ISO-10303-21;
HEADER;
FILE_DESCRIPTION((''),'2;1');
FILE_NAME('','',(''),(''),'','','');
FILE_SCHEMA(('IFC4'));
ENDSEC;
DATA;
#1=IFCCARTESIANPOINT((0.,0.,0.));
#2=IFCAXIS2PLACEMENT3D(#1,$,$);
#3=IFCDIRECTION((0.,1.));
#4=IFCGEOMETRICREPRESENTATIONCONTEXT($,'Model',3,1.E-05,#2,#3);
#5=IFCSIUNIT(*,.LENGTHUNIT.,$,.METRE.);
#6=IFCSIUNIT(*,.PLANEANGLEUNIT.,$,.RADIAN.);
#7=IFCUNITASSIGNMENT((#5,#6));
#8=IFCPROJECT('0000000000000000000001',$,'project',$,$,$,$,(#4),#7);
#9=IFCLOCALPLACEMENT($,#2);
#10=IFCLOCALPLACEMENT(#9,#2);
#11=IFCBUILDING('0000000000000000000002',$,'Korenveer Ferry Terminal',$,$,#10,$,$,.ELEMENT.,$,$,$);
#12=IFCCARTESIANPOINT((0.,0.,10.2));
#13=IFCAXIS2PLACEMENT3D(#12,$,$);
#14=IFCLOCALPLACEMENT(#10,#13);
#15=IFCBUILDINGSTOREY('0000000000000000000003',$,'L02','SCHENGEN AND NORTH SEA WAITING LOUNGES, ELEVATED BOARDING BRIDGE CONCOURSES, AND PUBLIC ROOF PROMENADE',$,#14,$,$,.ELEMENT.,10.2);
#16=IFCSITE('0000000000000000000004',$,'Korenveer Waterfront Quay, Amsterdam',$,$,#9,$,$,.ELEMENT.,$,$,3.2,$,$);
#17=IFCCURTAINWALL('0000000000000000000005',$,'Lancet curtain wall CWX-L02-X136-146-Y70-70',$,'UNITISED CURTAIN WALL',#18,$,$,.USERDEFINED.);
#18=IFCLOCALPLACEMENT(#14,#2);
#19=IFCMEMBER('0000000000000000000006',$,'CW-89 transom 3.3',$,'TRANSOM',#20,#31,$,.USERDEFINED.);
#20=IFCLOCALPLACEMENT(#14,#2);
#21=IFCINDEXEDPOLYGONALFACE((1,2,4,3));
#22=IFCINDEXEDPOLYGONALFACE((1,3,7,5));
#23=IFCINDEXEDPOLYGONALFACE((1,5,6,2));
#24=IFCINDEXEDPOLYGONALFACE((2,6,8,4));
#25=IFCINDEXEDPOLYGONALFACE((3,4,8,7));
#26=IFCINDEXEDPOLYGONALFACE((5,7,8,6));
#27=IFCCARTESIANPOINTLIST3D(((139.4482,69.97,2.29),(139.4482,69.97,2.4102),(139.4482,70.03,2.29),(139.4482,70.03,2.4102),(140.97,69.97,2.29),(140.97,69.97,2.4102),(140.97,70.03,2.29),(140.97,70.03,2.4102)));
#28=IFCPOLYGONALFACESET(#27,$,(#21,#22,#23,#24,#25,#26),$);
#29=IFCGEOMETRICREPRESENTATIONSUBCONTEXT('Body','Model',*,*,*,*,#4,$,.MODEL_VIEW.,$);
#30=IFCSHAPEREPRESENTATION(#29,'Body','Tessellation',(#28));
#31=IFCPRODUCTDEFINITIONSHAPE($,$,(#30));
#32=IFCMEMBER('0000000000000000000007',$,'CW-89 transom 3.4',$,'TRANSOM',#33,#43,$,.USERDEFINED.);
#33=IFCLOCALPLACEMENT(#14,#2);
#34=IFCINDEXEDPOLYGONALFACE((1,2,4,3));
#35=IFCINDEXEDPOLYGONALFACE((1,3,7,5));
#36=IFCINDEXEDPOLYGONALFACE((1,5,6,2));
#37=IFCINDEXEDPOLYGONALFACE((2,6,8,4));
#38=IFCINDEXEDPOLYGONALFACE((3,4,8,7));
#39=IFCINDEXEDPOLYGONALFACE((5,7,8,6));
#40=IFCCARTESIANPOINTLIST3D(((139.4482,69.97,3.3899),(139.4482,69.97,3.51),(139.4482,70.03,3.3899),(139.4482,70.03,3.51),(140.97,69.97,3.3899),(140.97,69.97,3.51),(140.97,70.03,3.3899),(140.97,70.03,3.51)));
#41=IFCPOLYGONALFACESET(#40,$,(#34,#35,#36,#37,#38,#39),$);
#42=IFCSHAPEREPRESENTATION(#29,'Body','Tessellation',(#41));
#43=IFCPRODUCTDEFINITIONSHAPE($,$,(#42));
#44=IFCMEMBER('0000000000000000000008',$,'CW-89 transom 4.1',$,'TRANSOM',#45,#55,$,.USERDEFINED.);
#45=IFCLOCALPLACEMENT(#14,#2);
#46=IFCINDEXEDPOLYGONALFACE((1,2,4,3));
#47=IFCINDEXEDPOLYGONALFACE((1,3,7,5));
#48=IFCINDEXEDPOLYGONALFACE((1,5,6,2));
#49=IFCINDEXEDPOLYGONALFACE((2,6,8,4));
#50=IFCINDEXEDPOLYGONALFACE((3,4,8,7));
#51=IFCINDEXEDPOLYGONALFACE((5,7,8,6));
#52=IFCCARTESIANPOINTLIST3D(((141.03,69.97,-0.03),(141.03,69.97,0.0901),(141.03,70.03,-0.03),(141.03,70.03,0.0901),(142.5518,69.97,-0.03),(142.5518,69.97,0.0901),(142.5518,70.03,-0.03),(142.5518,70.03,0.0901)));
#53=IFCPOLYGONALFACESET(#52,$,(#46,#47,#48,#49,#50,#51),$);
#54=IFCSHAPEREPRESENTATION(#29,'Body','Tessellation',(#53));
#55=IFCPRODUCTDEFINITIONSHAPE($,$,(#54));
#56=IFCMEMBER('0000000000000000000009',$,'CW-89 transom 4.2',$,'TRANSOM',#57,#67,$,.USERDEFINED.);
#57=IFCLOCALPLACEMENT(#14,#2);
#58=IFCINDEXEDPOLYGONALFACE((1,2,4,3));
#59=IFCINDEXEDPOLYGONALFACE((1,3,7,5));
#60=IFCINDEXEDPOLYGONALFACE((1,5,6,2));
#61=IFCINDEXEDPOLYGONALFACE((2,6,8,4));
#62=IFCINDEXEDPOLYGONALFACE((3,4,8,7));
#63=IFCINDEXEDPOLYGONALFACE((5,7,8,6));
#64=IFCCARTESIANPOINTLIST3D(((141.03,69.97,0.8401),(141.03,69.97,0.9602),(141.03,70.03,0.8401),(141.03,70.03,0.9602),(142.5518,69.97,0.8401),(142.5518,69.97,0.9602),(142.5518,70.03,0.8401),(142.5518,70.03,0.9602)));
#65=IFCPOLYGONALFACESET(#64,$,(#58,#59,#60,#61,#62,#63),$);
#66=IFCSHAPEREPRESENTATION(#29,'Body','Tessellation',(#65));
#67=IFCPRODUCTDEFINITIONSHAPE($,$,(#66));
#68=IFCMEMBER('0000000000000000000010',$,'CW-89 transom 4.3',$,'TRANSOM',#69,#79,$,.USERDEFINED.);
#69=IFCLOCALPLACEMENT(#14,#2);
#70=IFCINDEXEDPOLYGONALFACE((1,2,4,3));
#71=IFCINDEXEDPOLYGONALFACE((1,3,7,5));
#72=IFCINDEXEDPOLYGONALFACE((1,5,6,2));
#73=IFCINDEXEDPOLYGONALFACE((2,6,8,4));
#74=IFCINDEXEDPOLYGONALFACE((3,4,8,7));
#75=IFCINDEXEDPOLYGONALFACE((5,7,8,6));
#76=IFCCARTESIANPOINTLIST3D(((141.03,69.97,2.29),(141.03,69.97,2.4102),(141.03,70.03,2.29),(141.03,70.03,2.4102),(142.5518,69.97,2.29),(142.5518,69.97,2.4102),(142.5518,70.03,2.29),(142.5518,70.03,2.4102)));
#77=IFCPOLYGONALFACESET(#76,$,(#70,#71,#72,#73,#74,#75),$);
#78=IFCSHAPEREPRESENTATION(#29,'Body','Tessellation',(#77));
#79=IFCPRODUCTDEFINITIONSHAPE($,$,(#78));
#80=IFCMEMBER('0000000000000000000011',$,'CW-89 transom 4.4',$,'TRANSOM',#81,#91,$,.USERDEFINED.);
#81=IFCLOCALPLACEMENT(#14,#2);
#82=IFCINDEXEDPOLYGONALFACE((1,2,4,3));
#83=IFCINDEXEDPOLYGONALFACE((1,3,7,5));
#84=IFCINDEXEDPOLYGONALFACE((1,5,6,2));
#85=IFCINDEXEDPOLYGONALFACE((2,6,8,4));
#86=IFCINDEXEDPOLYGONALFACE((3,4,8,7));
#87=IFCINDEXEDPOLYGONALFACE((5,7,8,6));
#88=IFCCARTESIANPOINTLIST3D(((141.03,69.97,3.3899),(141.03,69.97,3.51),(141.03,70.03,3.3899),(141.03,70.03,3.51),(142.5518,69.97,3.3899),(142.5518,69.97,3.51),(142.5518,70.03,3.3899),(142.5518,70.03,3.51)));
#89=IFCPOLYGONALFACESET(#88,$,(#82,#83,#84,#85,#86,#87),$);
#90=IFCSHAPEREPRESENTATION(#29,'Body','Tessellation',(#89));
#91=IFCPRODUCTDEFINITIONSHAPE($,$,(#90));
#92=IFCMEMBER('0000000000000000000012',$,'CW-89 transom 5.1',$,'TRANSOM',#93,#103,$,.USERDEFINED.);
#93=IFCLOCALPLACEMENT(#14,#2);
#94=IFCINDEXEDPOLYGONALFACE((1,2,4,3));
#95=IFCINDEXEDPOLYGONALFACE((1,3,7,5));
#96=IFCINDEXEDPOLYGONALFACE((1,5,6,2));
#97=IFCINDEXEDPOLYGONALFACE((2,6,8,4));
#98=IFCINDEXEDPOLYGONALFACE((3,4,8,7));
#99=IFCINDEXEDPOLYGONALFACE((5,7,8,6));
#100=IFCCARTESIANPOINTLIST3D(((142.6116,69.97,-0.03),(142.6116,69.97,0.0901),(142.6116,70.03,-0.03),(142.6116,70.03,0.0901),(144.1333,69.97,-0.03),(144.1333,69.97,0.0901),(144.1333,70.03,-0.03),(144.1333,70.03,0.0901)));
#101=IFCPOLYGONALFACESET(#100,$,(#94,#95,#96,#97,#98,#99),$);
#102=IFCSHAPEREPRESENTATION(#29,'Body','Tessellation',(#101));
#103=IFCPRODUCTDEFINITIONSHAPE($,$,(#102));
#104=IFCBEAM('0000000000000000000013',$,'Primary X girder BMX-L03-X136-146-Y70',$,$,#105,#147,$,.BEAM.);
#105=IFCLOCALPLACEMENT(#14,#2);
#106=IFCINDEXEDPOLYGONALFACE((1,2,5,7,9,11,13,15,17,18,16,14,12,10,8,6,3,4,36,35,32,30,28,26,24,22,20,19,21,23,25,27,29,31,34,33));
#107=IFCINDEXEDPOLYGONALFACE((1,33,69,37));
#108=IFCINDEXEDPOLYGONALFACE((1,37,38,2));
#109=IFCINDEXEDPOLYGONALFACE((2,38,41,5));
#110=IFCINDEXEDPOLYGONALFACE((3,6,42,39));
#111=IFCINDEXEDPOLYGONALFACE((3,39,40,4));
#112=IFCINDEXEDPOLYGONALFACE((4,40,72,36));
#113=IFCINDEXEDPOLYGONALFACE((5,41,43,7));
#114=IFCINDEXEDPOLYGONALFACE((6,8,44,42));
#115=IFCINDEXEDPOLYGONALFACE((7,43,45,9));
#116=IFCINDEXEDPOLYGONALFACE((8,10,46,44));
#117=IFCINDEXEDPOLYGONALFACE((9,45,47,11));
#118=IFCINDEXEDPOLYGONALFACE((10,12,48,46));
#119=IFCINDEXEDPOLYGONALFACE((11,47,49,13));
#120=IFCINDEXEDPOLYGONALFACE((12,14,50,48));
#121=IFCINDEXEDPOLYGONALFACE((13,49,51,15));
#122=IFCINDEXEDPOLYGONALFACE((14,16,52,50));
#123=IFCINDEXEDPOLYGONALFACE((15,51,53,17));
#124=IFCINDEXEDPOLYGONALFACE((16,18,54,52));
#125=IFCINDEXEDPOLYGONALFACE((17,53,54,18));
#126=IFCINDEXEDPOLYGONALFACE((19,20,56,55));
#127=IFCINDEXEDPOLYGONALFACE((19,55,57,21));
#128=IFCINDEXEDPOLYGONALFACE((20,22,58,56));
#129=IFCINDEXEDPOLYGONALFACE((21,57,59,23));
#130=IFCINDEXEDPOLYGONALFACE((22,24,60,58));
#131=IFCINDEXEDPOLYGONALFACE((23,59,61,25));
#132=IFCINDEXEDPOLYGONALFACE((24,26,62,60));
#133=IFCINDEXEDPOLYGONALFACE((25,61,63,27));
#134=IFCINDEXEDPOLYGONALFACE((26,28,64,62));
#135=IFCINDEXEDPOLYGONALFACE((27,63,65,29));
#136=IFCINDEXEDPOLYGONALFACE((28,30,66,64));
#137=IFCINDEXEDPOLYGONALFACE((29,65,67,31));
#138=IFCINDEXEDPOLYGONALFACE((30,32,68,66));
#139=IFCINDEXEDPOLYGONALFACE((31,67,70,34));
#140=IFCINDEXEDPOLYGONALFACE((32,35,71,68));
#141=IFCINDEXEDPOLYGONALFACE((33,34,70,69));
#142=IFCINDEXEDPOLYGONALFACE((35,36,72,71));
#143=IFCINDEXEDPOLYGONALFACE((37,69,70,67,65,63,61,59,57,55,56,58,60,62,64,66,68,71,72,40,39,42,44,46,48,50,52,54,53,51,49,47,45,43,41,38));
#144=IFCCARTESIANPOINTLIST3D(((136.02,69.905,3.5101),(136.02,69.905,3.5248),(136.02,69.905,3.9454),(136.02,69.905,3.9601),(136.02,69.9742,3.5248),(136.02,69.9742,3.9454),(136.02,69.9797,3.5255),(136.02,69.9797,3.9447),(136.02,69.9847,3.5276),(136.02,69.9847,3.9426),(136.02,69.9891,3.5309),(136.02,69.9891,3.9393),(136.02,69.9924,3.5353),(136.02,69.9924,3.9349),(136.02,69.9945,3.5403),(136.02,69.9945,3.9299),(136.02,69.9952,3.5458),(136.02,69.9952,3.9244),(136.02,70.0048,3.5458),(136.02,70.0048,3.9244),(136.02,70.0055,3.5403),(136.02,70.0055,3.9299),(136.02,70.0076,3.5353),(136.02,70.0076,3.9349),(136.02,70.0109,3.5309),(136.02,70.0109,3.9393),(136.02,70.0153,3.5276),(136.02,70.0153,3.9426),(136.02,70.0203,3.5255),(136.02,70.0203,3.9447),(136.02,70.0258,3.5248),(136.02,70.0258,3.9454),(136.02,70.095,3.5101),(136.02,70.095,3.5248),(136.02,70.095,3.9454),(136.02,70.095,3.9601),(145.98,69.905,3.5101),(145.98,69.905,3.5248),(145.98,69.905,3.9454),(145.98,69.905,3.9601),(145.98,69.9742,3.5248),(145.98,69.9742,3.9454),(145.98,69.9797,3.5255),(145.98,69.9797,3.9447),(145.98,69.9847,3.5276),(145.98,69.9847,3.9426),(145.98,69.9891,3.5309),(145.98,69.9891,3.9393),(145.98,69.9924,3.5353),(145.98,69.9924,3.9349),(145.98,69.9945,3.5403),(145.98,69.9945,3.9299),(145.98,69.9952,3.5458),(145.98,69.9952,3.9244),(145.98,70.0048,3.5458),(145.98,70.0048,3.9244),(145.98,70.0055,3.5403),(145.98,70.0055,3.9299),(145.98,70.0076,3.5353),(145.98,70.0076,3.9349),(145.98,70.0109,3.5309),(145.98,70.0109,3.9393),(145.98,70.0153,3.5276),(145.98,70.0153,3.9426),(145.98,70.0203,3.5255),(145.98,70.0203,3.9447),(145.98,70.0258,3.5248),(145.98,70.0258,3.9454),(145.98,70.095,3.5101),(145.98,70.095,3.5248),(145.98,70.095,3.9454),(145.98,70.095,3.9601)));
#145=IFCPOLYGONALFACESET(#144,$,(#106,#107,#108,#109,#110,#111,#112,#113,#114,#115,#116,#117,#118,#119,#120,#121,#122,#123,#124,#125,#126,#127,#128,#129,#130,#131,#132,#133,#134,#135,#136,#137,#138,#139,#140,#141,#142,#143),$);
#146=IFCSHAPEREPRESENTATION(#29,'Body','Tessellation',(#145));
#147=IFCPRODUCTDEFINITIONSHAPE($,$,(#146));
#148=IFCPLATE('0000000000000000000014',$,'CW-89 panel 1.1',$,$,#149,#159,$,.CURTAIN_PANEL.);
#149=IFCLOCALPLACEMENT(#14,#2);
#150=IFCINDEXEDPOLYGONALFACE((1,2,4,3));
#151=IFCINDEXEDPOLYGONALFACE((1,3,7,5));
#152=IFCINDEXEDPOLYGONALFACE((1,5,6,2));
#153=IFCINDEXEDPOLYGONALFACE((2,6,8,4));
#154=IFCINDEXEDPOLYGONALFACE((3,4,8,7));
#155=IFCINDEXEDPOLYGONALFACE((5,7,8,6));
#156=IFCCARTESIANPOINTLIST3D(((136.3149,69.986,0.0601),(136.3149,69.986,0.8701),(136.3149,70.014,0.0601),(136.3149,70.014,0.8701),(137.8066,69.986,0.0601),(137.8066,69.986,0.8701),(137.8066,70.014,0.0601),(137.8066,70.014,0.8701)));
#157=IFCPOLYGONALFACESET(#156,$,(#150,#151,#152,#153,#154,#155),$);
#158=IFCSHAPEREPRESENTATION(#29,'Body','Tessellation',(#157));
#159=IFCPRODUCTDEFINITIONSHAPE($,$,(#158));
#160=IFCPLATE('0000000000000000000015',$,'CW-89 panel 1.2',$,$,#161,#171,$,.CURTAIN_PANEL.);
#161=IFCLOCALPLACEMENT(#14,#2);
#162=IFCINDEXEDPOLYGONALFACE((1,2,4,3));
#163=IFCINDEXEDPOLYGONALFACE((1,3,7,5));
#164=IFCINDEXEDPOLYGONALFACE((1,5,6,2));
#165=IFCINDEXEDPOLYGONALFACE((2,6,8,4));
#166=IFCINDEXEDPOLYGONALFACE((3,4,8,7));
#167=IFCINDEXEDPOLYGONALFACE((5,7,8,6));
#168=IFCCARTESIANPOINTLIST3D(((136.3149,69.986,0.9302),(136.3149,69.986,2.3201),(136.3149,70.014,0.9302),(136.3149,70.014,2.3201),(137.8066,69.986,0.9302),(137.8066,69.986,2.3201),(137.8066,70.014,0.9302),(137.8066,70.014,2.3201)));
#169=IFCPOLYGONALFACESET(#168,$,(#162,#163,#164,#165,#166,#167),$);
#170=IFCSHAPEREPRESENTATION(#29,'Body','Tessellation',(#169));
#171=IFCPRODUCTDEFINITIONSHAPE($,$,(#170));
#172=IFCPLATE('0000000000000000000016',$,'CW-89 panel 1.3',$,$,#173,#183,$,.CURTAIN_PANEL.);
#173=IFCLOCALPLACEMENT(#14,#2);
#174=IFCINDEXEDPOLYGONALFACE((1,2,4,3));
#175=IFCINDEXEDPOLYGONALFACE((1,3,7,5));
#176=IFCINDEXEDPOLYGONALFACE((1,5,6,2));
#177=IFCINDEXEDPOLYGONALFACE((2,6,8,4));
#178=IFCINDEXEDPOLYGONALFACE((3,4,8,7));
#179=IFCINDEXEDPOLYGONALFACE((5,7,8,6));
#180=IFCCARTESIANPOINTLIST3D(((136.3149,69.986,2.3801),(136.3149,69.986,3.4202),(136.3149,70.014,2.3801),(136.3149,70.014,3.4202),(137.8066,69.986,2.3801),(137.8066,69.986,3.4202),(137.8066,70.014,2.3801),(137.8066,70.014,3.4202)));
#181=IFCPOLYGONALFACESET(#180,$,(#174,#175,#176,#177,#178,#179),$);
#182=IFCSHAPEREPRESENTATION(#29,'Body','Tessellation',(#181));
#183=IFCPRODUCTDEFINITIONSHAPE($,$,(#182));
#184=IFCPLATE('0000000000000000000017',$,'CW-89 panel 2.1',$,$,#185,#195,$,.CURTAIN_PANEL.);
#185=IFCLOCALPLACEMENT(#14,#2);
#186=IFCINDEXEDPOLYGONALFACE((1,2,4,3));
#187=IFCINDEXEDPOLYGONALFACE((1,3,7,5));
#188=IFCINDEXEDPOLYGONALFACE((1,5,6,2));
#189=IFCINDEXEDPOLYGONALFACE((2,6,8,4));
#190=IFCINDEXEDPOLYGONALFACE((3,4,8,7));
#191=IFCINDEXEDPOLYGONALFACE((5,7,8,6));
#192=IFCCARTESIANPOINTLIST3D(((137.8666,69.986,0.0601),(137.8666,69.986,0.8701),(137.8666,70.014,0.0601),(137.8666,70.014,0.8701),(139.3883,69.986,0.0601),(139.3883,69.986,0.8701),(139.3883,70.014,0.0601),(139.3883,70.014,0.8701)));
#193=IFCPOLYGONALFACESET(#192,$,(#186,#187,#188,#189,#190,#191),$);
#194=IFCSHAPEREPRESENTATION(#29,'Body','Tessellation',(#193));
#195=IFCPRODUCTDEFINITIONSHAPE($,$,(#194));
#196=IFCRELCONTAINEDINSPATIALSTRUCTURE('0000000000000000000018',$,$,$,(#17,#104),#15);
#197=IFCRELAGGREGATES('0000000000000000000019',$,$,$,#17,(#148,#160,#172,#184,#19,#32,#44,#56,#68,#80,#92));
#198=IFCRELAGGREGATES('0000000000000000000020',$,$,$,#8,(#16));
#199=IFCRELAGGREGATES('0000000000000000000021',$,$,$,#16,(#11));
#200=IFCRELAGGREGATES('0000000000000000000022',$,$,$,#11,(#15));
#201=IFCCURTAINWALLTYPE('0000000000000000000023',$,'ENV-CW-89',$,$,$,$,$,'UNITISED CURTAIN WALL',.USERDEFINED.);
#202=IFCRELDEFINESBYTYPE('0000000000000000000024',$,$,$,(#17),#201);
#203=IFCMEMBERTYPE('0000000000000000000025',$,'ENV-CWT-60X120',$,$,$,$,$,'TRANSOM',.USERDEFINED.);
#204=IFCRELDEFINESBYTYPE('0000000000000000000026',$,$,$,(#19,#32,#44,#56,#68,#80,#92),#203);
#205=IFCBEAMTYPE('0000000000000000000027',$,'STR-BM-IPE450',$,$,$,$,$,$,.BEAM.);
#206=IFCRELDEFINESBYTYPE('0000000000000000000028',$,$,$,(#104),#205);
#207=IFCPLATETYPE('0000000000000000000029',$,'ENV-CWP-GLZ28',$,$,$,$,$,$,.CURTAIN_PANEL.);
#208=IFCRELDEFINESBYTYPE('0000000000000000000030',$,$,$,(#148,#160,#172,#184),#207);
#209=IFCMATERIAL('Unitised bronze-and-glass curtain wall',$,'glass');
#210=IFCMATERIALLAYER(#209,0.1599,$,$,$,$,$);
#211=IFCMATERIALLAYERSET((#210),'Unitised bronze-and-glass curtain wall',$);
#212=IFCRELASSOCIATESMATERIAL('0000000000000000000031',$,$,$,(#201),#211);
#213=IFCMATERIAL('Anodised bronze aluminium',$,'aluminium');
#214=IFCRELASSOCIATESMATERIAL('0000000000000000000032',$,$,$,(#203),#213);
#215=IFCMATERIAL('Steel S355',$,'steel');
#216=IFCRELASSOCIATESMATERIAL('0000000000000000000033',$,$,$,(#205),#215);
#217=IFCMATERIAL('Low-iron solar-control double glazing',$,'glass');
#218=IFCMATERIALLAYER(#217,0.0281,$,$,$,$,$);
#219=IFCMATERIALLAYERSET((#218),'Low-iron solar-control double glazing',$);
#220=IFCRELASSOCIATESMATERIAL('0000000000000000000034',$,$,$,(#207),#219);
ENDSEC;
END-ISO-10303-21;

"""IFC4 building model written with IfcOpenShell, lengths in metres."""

from ifc_helpers import new_model, si_unit, direction, frame, origin, origin_2d, place, context, subcontext, project, spatial, rectangle, i_section, extrude, material, layer, layer_set, material_profile, profile_set, type_object, element, aggregate, save


model = new_model("IFC4")

# Units and contexts
model_context = context("Model", 3, precision=1e-05, world=origin(), true_north=direction((0.0, 1.0)))
body_context = subcontext(model_context, "Body", "Model", "MODEL_VIEW")
ifc_project = project(units=[si_unit("LENGTHUNIT", "METRE"), si_unit("PLANEANGLEUNIT", "RADIAN")], contexts=[model_context])

# Site, building, storey
site_placement = place(None, origin())
site = spatial("IfcSite", under=ifc_project, at=site_placement, Name="Korenveer Waterfront Quay, Amsterdam", CompositionType="ELEMENT", RefElevation=3.2)
building_placement = place(site_placement, origin())
building = spatial("IfcBuilding", under=site, at=building_placement, Name="Korenveer Ferry Terminal", CompositionType="ELEMENT")
storey_placement = place(building_placement, frame((0.0, 0.0, 10.2)))
storey = spatial("IfcBuildingStorey", under=building, at=storey_placement, Name="L02", Description="SCHENGEN AND NORTH SEA WAITING LOUNGES, ELEVATED BOARDING BRIDGE CONCOURSES, AND PUBLIC ROOF PROMENADE", CompositionType="ELEMENT", Elevation=10.2)

# Curtain wall, members
ifc_material_1 = material(Name="Unitised bronze-and-glass curtain wall", Category="glass")
ifc_layer_1 = layer(ifc_material_1, 0.1599)
ifc_layer_set_1 = layer_set([ifc_layer_1], Name="Unitised bronze-and-glass curtain wall")
curtain_wall_type = type_object("IfcCurtainWallType", Name="ENV-CW-89", ElementType="UNITISED CURTAIN WALL", PredefinedType="USERDEFINED", material=ifc_layer_set_1)
curtain_wall_placement = place(storey_placement, frame((136.2549, 70.0, 0.0)))
curtain_wall = element("IfcCurtainWall", 1, at=curtain_wall_placement, inside=storey, type_object=curtain_wall_type, Name="Lancet curtain wall CWX-L02-X136-146-Y70-70", ObjectType="UNITISED CURTAIN WALL", PredefinedType="USERDEFINED")
ifc_material_2 = material(Name="Anodised bronze aluminium", Category="aluminium")
ifc_material_profile_1 = material_profile(ifc_material_2, rectangle(XDim=0.0601, YDim=0.1201, at=origin_2d()), Name="ALU 60x120")
ifc_profile_set_1 = profile_set([ifc_material_profile_1], Name="Anodised bronze aluminium")
member_type_1 = type_object("IfcMemberType", Name="ENV-CWT-60X120", ElementType="TRANSOM", PredefinedType="USERDEFINED", material=ifc_profile_set_1)
member_1_placement = place(storey_placement, frame((139.4482, 70.0, 2.3501), z_axis=(1.0, 0.0, 0.0), x_axis=(0.0, 1.0, 0.0)))
member_1 = element("IfcMember", 2, at=member_1_placement, type_object=member_type_1, Name="CW-89 transom 3.3", ObjectType="TRANSOM", PredefinedType="USERDEFINED", context=body_context, shape_type="SweptSolid", body=[
    extrude(rectangle(XDim=0.0601, YDim=0.1201, at=origin_2d()), origin(), (0.0, 0.0, 1.0), 1.5217),
])
member_2_placement = place(storey_placement, frame((139.4482, 70.0, 3.45), z_axis=(1.0, 0.0, 0.0), x_axis=(0.0, 1.0, 0.0)))
member_2 = element("IfcMember", 3, at=member_2_placement, type_object=member_type_1, Name="CW-89 transom 3.4", ObjectType="TRANSOM", PredefinedType="USERDEFINED", context=body_context, shape_type="SweptSolid", body=[
    extrude(rectangle(XDim=0.0601, YDim=0.1201, at=origin_2d()), origin(), (0.0, 0.0, 1.0), 1.5217),
])
member_3_placement = place(storey_placement, frame((141.03, 70.0, 0.03), z_axis=(1.0, 0.0, 0.0), x_axis=(0.0, 1.0, 0.0)))
member_3 = element("IfcMember", 4, at=member_3_placement, type_object=member_type_1, Name="CW-89 transom 4.1", ObjectType="TRANSOM", PredefinedType="USERDEFINED", context=body_context, shape_type="SweptSolid", body=[
    extrude(rectangle(XDim=0.0601, YDim=0.1201, at=origin_2d()), origin(), (0.0, 0.0, 1.0), 1.5217),
])
member_4_placement = place(storey_placement, frame((141.03, 70.0, 0.9001), z_axis=(1.0, 0.0, 0.0), x_axis=(0.0, 1.0, 0.0)))
member_4 = element("IfcMember", 5, at=member_4_placement, type_object=member_type_1, Name="CW-89 transom 4.2", ObjectType="TRANSOM", PredefinedType="USERDEFINED", context=body_context, shape_type="SweptSolid", body=[
    extrude(rectangle(XDim=0.0601, YDim=0.1201, at=origin_2d()), origin(), (0.0, 0.0, 1.0), 1.5217),
])
member_5_placement = place(storey_placement, frame((141.03, 70.0, 2.3501), z_axis=(1.0, 0.0, 0.0), x_axis=(0.0, 1.0, 0.0)))
member_5 = element("IfcMember", 6, at=member_5_placement, type_object=member_type_1, Name="CW-89 transom 4.3", ObjectType="TRANSOM", PredefinedType="USERDEFINED", context=body_context, shape_type="SweptSolid", body=[
    extrude(rectangle(XDim=0.0601, YDim=0.1201, at=origin_2d()), origin(), (0.0, 0.0, 1.0), 1.5217),
])
member_6_placement = place(storey_placement, frame((141.03, 70.0, 3.45), z_axis=(1.0, 0.0, 0.0), x_axis=(0.0, 1.0, 0.0)))
member_6 = element("IfcMember", 7, at=member_6_placement, type_object=member_type_1, Name="CW-89 transom 4.4", ObjectType="TRANSOM", PredefinedType="USERDEFINED", context=body_context, shape_type="SweptSolid", body=[
    extrude(rectangle(XDim=0.0601, YDim=0.1201, at=origin_2d()), origin(), (0.0, 0.0, 1.0), 1.5217),
])
member_7_placement = place(storey_placement, frame((142.6116, 70.0, 0.03), z_axis=(1.0, 0.0, 0.0), x_axis=(0.0, 1.0, 0.0)))
member_7 = element("IfcMember", 8, at=member_7_placement, type_object=member_type_1, Name="CW-89 transom 5.1", ObjectType="TRANSOM", PredefinedType="USERDEFINED", context=body_context, shape_type="SweptSolid", body=[
    extrude(rectangle(XDim=0.0601, YDim=0.1201, at=origin_2d()), origin(), (0.0, 0.0, 1.0), 1.5217),
])

# Beam
ifc_material_3 = material(Name="Steel S355", Category="steel")
ifc_material_profile_2 = material_profile(ifc_material_3, i_section(OverallWidth=0.1899, OverallDepth=0.45, WebThickness=0.0095, FlangeThickness=0.0146, FilletRadius=0.021, at=origin_2d()), Name="IPE 450")
ifc_profile_set_2 = profile_set([ifc_material_profile_2], Name="Steel S355")
beam_type = type_object("IfcBeamType", Name="STR-BM-IPE450", PredefinedType="BEAM", material=ifc_profile_set_2)
beam_placement = place(storey_placement, frame((136.02, 70.0, 3.7351), z_axis=(1.0, 0.0, 0.0), x_axis=(0.0, 1.0, 0.0)))
element("IfcBeam", 9, at=beam_placement, inside=storey, type_object=beam_type, Name="Primary X girder BMX-L03-X136-146-Y70", PredefinedType="BEAM", context=body_context, shape_type="SweptSolid", body=[
    extrude(i_section(OverallWidth=0.1899, OverallDepth=0.45, WebThickness=0.0095, FlangeThickness=0.0146, FilletRadius=0.021, at=origin_2d()), origin(), (0.0, 0.0, 1.0), 9.96),
])

# Plates
ifc_material_4 = material(Name="Low-iron solar-control double glazing", Category="glass")
ifc_layer_2 = layer(ifc_material_4, 0.0281)
ifc_layer_set_2 = layer_set([ifc_layer_2], Name="Low-iron solar-control double glazing")
plate_type = type_object("IfcPlateType", Name="ENV-CWP-GLZ28", PredefinedType="CURTAIN_PANEL", material=ifc_layer_set_2)
plate_1_placement = place(storey_placement, frame((137.0608, 70.0, 0.0601), z_axis=(0.0, 0.0, 1.0), x_axis=(1.0, 0.0, 0.0)))
plate_1 = element("IfcPlate", 10, at=plate_1_placement, type_object=plate_type, Name="CW-89 panel 1.1", PredefinedType="CURTAIN_PANEL", context=body_context, shape_type="SweptSolid", body=[
    extrude(rectangle(XDim=1.4917, YDim=0.0281, at=origin_2d()), origin(), (0.0, 0.0, 1.0), 0.8101),
])
plate_2_placement = place(storey_placement, frame((137.0608, 70.0, 0.9302), z_axis=(0.0, 0.0, 1.0), x_axis=(1.0, 0.0, 0.0)))
plate_2 = element("IfcPlate", 11, at=plate_2_placement, type_object=plate_type, Name="CW-89 panel 1.2", PredefinedType="CURTAIN_PANEL", context=body_context, shape_type="SweptSolid", body=[
    extrude(rectangle(XDim=1.4917, YDim=0.0281, at=origin_2d()), origin(), (0.0, 0.0, 1.0), 1.3899),
])
plate_3_placement = place(storey_placement, frame((137.0608, 70.0, 2.3801), z_axis=(0.0, 0.0, 1.0), x_axis=(1.0, 0.0, 0.0)))
plate_3 = element("IfcPlate", 12, at=plate_3_placement, type_object=plate_type, Name="CW-89 panel 1.3", PredefinedType="CURTAIN_PANEL", context=body_context, shape_type="SweptSolid", body=[
    extrude(rectangle(XDim=1.4917, YDim=0.0281, at=origin_2d()), origin(), (0.0, 0.0, 1.0), 1.04),
])
plate_4_placement = place(storey_placement, frame((138.6274, 70.0, 0.0601), z_axis=(0.0, 0.0, 1.0), x_axis=(1.0, 0.0, 0.0)))
plate_4 = element("IfcPlate", 13, at=plate_4_placement, type_object=plate_type, Name="CW-89 panel 2.1", PredefinedType="CURTAIN_PANEL", context=body_context, shape_type="SweptSolid", body=[
    extrude(rectangle(XDim=1.5217, YDim=0.0281, at=origin_2d()), origin(), (0.0, 0.0, 1.0), 0.8101),
])
aggregate(curtain_wall, [plate_1, plate_2, plate_3, plate_4, member_1, member_2, member_3, member_4, member_5, member_6, member_7])

save(model, "model.ifc")
